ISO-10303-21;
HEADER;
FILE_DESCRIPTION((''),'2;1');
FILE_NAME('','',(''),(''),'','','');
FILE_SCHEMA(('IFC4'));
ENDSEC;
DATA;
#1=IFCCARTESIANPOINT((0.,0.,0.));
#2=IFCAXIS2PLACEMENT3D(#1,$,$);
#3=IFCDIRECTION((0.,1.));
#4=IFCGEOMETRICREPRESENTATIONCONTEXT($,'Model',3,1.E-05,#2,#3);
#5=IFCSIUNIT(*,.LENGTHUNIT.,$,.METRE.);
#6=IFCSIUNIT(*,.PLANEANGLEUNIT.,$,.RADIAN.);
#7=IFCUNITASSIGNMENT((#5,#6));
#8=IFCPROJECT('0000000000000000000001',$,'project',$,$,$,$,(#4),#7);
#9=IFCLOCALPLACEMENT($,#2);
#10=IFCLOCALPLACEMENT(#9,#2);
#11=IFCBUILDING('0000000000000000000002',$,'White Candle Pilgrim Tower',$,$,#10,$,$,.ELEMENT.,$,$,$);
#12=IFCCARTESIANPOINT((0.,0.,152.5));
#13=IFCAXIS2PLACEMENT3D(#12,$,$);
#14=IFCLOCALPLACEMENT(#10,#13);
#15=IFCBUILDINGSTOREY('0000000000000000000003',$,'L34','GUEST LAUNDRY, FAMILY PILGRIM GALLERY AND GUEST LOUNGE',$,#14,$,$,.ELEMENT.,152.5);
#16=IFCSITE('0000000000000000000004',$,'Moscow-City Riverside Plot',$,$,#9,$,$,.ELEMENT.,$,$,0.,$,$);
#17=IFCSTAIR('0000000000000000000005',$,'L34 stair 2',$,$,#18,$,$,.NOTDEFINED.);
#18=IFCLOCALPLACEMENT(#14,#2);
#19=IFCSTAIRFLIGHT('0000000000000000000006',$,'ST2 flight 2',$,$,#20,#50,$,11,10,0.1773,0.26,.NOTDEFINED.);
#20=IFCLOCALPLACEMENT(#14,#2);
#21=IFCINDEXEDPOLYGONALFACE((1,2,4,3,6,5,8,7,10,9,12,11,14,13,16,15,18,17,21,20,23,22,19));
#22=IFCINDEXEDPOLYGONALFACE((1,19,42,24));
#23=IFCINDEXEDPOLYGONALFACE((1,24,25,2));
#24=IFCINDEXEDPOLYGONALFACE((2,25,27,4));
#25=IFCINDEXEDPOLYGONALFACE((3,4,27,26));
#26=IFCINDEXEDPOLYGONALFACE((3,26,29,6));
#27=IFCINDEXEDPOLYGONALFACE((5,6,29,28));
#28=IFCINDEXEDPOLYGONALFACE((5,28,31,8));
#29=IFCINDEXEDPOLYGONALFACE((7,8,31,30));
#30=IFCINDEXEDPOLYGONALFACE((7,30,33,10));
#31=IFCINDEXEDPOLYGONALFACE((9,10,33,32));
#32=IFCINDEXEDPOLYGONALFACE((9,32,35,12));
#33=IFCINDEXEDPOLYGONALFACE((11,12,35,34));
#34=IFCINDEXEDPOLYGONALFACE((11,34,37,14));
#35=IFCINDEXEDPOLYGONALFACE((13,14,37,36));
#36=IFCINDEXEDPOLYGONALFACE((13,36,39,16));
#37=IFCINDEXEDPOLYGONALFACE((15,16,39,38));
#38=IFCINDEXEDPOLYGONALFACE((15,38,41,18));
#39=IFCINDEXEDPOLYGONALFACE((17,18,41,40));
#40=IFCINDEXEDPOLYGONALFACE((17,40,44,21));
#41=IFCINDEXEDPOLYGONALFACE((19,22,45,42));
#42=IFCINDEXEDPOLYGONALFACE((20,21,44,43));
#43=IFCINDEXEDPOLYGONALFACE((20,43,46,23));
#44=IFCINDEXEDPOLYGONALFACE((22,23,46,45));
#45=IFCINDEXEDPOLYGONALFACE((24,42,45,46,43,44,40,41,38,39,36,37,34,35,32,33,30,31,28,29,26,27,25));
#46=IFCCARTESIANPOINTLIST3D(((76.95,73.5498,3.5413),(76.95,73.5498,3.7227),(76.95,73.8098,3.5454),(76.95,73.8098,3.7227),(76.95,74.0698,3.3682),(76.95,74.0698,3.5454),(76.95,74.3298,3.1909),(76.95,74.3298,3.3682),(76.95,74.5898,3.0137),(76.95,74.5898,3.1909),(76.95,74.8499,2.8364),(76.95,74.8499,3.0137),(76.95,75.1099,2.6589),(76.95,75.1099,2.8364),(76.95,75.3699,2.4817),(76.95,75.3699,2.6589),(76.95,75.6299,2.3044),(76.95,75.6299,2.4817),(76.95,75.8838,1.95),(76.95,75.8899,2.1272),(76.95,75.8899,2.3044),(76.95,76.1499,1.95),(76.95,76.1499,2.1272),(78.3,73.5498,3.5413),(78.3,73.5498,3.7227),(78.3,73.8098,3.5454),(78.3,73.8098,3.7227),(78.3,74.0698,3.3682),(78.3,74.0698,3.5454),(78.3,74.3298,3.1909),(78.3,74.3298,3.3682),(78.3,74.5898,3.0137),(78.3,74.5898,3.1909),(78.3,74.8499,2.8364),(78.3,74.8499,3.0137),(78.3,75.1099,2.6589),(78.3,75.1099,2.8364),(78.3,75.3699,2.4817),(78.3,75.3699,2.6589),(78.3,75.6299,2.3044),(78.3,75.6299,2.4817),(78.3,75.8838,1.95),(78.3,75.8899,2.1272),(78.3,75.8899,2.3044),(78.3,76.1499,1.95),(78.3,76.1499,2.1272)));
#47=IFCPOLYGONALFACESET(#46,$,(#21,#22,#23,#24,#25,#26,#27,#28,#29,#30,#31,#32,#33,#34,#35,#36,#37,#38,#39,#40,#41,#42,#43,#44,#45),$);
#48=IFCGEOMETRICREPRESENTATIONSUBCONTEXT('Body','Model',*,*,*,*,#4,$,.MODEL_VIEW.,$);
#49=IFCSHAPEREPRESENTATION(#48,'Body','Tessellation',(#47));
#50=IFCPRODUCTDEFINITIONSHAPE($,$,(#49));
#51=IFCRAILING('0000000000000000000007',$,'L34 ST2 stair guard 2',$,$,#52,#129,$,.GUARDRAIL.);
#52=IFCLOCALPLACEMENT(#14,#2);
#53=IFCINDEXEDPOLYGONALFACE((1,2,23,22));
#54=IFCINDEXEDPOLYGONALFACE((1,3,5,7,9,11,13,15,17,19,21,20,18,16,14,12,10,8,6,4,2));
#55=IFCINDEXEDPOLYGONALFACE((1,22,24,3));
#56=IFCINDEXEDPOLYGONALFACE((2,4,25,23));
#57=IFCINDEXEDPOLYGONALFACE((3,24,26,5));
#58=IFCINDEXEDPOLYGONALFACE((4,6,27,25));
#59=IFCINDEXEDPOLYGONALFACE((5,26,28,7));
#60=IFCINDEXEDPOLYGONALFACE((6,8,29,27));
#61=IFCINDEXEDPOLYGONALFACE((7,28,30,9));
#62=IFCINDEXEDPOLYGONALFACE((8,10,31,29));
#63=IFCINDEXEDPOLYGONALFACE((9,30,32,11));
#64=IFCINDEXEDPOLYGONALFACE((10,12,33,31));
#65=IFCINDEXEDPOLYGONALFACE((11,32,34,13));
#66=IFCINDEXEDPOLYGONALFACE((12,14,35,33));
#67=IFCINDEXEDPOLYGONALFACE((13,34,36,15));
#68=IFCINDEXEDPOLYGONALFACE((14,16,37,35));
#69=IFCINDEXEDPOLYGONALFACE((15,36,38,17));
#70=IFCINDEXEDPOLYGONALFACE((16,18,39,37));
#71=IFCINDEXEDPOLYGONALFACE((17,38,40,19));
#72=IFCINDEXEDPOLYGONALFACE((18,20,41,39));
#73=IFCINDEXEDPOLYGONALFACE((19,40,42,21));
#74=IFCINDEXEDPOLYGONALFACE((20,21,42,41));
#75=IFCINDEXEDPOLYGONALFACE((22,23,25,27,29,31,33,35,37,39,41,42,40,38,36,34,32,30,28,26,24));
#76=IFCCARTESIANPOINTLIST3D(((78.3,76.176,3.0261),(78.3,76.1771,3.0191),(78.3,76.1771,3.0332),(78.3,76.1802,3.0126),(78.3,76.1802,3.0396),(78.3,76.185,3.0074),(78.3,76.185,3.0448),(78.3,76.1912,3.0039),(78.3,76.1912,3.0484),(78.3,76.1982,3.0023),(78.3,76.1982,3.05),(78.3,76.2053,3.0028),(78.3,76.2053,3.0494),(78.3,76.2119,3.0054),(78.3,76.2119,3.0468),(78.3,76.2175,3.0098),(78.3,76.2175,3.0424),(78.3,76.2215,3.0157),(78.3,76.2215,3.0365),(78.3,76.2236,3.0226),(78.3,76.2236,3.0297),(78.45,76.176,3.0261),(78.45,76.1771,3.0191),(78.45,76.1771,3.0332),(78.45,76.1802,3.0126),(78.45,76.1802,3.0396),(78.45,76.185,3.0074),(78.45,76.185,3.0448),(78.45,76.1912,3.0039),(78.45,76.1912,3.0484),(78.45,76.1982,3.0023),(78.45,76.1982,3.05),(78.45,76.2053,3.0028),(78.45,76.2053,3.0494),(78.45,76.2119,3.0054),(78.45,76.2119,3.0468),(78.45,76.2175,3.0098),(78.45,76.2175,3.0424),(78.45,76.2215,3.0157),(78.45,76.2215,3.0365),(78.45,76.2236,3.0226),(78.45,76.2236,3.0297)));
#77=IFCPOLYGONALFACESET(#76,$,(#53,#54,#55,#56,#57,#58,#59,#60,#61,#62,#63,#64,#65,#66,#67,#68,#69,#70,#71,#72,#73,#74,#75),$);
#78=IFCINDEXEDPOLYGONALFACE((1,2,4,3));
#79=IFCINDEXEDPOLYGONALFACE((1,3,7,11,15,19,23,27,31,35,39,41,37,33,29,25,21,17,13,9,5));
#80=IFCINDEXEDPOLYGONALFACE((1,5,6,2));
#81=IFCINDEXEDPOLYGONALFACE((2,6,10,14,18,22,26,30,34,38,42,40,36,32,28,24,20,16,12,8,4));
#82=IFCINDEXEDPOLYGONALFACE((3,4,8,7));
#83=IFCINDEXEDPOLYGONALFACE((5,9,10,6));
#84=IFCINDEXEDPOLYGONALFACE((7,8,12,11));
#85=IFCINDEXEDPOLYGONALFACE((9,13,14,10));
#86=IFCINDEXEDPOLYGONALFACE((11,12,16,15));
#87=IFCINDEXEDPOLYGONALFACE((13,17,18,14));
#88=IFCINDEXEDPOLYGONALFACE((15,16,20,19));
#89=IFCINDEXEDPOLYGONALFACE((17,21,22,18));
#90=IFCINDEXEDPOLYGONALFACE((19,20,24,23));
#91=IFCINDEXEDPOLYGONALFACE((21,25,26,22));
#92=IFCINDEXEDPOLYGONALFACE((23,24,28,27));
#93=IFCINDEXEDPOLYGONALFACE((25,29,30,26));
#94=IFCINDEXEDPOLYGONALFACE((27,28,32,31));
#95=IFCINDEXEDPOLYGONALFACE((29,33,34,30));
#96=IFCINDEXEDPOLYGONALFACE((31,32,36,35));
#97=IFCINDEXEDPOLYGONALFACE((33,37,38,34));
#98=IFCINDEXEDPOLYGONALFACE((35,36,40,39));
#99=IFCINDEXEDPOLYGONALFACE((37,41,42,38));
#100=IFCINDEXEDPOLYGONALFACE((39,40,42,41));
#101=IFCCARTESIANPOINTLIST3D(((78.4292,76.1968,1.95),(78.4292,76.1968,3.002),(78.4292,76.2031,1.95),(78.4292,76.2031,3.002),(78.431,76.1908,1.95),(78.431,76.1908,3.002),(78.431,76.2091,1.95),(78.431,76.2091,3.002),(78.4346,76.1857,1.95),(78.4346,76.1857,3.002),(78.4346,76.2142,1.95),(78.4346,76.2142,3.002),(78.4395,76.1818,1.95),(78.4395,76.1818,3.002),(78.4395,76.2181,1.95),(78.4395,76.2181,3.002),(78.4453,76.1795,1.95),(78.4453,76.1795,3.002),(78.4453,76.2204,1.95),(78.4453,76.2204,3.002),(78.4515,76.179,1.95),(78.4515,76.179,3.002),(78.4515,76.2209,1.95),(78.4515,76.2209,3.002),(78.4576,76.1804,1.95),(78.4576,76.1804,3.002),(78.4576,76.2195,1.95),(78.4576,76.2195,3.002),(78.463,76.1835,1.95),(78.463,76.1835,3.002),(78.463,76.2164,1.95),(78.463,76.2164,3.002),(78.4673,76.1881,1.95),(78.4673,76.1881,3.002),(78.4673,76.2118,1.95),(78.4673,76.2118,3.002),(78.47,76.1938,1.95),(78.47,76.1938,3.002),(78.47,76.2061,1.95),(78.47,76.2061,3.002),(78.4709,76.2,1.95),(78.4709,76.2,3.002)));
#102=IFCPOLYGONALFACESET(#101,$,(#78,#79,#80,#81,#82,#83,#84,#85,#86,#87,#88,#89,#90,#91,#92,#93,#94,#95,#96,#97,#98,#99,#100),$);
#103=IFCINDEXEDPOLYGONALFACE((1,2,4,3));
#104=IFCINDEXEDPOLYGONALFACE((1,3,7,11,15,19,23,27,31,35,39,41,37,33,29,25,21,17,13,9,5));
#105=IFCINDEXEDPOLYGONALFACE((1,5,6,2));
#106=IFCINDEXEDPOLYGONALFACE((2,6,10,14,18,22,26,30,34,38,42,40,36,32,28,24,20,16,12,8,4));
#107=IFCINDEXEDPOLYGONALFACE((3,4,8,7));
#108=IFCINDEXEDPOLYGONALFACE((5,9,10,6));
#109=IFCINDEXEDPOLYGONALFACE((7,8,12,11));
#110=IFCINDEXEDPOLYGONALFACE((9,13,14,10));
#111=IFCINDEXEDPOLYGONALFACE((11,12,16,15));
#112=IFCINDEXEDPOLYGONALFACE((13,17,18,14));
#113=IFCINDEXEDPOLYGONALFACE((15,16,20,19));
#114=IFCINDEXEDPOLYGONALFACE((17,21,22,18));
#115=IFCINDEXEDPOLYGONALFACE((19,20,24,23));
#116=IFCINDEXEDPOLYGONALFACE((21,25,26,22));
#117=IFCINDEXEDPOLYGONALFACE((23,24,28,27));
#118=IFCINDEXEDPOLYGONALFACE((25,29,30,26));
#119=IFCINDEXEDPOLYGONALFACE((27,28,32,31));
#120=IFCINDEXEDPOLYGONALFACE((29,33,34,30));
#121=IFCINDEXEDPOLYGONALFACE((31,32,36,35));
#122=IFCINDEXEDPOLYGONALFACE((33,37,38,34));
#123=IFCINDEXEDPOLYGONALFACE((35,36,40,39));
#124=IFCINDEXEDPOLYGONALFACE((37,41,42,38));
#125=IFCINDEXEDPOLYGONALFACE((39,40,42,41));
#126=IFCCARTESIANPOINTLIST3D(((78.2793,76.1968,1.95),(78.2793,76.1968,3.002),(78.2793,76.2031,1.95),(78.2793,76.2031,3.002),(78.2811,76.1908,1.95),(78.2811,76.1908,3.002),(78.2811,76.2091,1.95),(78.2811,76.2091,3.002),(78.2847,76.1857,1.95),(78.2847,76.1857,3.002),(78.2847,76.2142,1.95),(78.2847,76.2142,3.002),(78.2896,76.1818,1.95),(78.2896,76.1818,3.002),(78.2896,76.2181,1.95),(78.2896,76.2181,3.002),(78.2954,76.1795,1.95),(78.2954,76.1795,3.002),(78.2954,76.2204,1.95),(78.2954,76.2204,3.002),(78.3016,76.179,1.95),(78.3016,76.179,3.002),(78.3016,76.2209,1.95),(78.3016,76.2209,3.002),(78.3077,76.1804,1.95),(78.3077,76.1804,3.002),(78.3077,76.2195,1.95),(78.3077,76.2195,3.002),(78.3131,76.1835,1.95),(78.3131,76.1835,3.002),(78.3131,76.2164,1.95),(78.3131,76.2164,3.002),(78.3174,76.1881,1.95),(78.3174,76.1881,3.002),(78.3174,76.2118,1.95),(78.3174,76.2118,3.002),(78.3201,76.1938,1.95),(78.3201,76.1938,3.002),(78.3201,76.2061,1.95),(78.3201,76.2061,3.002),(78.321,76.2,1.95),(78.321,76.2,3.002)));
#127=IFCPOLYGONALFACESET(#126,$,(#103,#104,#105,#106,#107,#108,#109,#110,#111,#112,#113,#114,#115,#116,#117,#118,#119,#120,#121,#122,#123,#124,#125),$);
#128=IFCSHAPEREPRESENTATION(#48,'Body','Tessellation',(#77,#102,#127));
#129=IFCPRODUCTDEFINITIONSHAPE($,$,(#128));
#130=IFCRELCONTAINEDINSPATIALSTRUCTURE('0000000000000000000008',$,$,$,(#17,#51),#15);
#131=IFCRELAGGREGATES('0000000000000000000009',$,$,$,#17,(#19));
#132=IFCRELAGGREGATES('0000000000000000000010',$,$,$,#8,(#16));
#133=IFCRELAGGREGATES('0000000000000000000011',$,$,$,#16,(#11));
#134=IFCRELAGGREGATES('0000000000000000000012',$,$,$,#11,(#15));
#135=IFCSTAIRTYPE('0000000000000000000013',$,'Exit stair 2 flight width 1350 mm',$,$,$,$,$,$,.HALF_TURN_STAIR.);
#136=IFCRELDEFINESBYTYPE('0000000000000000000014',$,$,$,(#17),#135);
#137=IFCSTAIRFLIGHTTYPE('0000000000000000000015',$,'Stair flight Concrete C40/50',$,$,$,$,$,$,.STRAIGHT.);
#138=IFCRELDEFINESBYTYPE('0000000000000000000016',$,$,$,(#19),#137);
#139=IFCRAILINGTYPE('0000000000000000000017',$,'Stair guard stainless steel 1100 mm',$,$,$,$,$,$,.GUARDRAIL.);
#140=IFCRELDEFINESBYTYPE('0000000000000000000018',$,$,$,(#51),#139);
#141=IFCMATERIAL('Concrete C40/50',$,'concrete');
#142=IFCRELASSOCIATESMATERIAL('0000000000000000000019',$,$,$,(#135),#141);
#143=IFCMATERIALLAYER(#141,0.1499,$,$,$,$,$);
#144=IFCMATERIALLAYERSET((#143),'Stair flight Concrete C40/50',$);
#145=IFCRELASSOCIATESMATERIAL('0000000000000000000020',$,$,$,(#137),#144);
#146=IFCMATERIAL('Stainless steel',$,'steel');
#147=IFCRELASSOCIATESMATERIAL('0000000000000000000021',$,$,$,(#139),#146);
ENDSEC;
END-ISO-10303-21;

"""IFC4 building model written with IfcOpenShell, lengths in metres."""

from ifc_helpers import new_model, si_unit, direction, frame, origin, origin_2d, place, context, subcontext, project, spatial, polyline, circle, outline, extrude, material, layer, layer_set, type_object, element, aggregate, save


model = new_model("IFC4")

# Units and contexts
model_context = context("Model", 3, precision=1e-05, world=origin(), true_north=direction((0.0, 1.0)))
body_context = subcontext(model_context, "Body", "Model", "MODEL_VIEW")
ifc_project = project(units=[si_unit("LENGTHUNIT", "METRE"), si_unit("PLANEANGLEUNIT", "RADIAN")], contexts=[model_context])

# Site, building, storey
site_placement = place(None, origin())
site = spatial("IfcSite", under=ifc_project, at=site_placement, Name="Moscow-City Riverside Plot", CompositionType="ELEMENT", RefElevation=0.0)
building_placement = place(site_placement, origin())
building = spatial("IfcBuilding", under=site, at=building_placement, Name="White Candle Pilgrim Tower", CompositionType="ELEMENT")
storey_placement = place(building_placement, frame((0.0, 0.0, 152.5)))
storey = spatial("IfcBuildingStorey", under=building, at=storey_placement, Name="L34", Description="GUEST LAUNDRY, FAMILY PILGRIM GALLERY AND GUEST LOUNGE", CompositionType="ELEMENT", Elevation=152.5)

# Stair, stair flight
ifc_material_1 = material(Name="Concrete C40/50", Category="concrete")
stair_type = type_object("IfcStairType", Name="Exit stair 2 flight width 1350 mm", PredefinedType="HALF_TURN_STAIR", material=ifc_material_1)
stair_placement = place(storey_placement, origin())
stair = element("IfcStair", 1, at=stair_placement, inside=storey, type_object=stair_type, Name="L34 stair 2", PredefinedType="NOTDEFINED")
ifc_layer_1 = layer(ifc_material_1, 0.1499)
ifc_layer_set_1 = layer_set([ifc_layer_1], Name="Stair flight Concrete C40/50")
stair_flight_type = type_object("IfcStairFlightType", Name="Stair flight Concrete C40/50", PredefinedType="STRAIGHT", material=ifc_layer_set_1)
stair_flight_placement = place(storey_placement, frame((77.625, 76.1499, 1.95), z_axis=(0.0, 0.0, 1.0), x_axis=(0.0, -1.0, 0.0)))
stair_flight = element("IfcStairFlight", 2, at=stair_flight_placement, type_object=stair_flight_type, Name="ST2 flight 2", NumberOfRisers=11, NumberOfTreads=10, PredefinedType="NOTDEFINED", RiserHeight=0.1773, TreadLength=0.26, context=body_context, shape_type="SweptSolid", body=[
    extrude(outline(polyline([(0.0, 0.0), (0.0, 0.1772), (0.26, 0.1772), (0.26, 0.3545), (0.52, 0.3545), (0.52, 0.5317), (0.78, 0.5317), (0.78, 0.709), (1.04, 0.709), (1.04, 0.8865), (1.3, 0.8865), (1.3, 1.0637), (1.5601, 1.0637), (1.5601, 1.241), (1.8201, 1.241), (1.8201, 1.4182), (2.0801, 1.4182), (2.0801, 1.5955), (2.3401, 1.5955), (2.3401, 1.7727), (2.6001, 1.7727), (2.6001, 1.95), (2.6001, 1.5913), (0.2661, 0.0), (0.0, 0.0)])), frame((0.0, 0.675, 0.0), z_axis=(0.0, -1.0, 0.0), x_axis=(1.0, 0.0, 0.0)), (0.0, 0.0, 1.0), 1.3501),
])
aggregate(stair, [stair_flight])

# Railing
ifc_material_2 = material(Name="Stainless steel", Category="steel")
railing_type_1 = type_object("IfcRailingType", Name="Stair guard stainless steel 1100 mm", PredefinedType="GUARDRAIL", material=ifc_material_2)
railing_1_placement = place(storey_placement, frame((78.45, 76.2, 1.95)))
element("IfcRailing", 3, at=railing_1_placement, inside=storey, type_object=railing_type_1, Name="L34 ST2 stair guard 2", PredefinedType="GUARDRAIL", context=body_context, shape_type="SweptSolid", body=[
    extrude(circle(Radius=0.0239, at=origin_2d()), frame((0.0, 0.0, 1.0762), z_axis=(-1.0, 0.0, 0.0), x_axis=(0.0, -1.0, 0.0)), (0.0, 0.0, 1.0), 0.1499),
    extrude(circle(Radius=0.021, at=origin_2d()), origin(), (0.0, 0.0, 1.0), 1.052),
    extrude(circle(Radius=0.021, at=origin_2d()), frame((-0.1499, 0.0, 0.0)), (0.0, 0.0, 1.0), 1.052),
])

save(model, "model.ifc")
